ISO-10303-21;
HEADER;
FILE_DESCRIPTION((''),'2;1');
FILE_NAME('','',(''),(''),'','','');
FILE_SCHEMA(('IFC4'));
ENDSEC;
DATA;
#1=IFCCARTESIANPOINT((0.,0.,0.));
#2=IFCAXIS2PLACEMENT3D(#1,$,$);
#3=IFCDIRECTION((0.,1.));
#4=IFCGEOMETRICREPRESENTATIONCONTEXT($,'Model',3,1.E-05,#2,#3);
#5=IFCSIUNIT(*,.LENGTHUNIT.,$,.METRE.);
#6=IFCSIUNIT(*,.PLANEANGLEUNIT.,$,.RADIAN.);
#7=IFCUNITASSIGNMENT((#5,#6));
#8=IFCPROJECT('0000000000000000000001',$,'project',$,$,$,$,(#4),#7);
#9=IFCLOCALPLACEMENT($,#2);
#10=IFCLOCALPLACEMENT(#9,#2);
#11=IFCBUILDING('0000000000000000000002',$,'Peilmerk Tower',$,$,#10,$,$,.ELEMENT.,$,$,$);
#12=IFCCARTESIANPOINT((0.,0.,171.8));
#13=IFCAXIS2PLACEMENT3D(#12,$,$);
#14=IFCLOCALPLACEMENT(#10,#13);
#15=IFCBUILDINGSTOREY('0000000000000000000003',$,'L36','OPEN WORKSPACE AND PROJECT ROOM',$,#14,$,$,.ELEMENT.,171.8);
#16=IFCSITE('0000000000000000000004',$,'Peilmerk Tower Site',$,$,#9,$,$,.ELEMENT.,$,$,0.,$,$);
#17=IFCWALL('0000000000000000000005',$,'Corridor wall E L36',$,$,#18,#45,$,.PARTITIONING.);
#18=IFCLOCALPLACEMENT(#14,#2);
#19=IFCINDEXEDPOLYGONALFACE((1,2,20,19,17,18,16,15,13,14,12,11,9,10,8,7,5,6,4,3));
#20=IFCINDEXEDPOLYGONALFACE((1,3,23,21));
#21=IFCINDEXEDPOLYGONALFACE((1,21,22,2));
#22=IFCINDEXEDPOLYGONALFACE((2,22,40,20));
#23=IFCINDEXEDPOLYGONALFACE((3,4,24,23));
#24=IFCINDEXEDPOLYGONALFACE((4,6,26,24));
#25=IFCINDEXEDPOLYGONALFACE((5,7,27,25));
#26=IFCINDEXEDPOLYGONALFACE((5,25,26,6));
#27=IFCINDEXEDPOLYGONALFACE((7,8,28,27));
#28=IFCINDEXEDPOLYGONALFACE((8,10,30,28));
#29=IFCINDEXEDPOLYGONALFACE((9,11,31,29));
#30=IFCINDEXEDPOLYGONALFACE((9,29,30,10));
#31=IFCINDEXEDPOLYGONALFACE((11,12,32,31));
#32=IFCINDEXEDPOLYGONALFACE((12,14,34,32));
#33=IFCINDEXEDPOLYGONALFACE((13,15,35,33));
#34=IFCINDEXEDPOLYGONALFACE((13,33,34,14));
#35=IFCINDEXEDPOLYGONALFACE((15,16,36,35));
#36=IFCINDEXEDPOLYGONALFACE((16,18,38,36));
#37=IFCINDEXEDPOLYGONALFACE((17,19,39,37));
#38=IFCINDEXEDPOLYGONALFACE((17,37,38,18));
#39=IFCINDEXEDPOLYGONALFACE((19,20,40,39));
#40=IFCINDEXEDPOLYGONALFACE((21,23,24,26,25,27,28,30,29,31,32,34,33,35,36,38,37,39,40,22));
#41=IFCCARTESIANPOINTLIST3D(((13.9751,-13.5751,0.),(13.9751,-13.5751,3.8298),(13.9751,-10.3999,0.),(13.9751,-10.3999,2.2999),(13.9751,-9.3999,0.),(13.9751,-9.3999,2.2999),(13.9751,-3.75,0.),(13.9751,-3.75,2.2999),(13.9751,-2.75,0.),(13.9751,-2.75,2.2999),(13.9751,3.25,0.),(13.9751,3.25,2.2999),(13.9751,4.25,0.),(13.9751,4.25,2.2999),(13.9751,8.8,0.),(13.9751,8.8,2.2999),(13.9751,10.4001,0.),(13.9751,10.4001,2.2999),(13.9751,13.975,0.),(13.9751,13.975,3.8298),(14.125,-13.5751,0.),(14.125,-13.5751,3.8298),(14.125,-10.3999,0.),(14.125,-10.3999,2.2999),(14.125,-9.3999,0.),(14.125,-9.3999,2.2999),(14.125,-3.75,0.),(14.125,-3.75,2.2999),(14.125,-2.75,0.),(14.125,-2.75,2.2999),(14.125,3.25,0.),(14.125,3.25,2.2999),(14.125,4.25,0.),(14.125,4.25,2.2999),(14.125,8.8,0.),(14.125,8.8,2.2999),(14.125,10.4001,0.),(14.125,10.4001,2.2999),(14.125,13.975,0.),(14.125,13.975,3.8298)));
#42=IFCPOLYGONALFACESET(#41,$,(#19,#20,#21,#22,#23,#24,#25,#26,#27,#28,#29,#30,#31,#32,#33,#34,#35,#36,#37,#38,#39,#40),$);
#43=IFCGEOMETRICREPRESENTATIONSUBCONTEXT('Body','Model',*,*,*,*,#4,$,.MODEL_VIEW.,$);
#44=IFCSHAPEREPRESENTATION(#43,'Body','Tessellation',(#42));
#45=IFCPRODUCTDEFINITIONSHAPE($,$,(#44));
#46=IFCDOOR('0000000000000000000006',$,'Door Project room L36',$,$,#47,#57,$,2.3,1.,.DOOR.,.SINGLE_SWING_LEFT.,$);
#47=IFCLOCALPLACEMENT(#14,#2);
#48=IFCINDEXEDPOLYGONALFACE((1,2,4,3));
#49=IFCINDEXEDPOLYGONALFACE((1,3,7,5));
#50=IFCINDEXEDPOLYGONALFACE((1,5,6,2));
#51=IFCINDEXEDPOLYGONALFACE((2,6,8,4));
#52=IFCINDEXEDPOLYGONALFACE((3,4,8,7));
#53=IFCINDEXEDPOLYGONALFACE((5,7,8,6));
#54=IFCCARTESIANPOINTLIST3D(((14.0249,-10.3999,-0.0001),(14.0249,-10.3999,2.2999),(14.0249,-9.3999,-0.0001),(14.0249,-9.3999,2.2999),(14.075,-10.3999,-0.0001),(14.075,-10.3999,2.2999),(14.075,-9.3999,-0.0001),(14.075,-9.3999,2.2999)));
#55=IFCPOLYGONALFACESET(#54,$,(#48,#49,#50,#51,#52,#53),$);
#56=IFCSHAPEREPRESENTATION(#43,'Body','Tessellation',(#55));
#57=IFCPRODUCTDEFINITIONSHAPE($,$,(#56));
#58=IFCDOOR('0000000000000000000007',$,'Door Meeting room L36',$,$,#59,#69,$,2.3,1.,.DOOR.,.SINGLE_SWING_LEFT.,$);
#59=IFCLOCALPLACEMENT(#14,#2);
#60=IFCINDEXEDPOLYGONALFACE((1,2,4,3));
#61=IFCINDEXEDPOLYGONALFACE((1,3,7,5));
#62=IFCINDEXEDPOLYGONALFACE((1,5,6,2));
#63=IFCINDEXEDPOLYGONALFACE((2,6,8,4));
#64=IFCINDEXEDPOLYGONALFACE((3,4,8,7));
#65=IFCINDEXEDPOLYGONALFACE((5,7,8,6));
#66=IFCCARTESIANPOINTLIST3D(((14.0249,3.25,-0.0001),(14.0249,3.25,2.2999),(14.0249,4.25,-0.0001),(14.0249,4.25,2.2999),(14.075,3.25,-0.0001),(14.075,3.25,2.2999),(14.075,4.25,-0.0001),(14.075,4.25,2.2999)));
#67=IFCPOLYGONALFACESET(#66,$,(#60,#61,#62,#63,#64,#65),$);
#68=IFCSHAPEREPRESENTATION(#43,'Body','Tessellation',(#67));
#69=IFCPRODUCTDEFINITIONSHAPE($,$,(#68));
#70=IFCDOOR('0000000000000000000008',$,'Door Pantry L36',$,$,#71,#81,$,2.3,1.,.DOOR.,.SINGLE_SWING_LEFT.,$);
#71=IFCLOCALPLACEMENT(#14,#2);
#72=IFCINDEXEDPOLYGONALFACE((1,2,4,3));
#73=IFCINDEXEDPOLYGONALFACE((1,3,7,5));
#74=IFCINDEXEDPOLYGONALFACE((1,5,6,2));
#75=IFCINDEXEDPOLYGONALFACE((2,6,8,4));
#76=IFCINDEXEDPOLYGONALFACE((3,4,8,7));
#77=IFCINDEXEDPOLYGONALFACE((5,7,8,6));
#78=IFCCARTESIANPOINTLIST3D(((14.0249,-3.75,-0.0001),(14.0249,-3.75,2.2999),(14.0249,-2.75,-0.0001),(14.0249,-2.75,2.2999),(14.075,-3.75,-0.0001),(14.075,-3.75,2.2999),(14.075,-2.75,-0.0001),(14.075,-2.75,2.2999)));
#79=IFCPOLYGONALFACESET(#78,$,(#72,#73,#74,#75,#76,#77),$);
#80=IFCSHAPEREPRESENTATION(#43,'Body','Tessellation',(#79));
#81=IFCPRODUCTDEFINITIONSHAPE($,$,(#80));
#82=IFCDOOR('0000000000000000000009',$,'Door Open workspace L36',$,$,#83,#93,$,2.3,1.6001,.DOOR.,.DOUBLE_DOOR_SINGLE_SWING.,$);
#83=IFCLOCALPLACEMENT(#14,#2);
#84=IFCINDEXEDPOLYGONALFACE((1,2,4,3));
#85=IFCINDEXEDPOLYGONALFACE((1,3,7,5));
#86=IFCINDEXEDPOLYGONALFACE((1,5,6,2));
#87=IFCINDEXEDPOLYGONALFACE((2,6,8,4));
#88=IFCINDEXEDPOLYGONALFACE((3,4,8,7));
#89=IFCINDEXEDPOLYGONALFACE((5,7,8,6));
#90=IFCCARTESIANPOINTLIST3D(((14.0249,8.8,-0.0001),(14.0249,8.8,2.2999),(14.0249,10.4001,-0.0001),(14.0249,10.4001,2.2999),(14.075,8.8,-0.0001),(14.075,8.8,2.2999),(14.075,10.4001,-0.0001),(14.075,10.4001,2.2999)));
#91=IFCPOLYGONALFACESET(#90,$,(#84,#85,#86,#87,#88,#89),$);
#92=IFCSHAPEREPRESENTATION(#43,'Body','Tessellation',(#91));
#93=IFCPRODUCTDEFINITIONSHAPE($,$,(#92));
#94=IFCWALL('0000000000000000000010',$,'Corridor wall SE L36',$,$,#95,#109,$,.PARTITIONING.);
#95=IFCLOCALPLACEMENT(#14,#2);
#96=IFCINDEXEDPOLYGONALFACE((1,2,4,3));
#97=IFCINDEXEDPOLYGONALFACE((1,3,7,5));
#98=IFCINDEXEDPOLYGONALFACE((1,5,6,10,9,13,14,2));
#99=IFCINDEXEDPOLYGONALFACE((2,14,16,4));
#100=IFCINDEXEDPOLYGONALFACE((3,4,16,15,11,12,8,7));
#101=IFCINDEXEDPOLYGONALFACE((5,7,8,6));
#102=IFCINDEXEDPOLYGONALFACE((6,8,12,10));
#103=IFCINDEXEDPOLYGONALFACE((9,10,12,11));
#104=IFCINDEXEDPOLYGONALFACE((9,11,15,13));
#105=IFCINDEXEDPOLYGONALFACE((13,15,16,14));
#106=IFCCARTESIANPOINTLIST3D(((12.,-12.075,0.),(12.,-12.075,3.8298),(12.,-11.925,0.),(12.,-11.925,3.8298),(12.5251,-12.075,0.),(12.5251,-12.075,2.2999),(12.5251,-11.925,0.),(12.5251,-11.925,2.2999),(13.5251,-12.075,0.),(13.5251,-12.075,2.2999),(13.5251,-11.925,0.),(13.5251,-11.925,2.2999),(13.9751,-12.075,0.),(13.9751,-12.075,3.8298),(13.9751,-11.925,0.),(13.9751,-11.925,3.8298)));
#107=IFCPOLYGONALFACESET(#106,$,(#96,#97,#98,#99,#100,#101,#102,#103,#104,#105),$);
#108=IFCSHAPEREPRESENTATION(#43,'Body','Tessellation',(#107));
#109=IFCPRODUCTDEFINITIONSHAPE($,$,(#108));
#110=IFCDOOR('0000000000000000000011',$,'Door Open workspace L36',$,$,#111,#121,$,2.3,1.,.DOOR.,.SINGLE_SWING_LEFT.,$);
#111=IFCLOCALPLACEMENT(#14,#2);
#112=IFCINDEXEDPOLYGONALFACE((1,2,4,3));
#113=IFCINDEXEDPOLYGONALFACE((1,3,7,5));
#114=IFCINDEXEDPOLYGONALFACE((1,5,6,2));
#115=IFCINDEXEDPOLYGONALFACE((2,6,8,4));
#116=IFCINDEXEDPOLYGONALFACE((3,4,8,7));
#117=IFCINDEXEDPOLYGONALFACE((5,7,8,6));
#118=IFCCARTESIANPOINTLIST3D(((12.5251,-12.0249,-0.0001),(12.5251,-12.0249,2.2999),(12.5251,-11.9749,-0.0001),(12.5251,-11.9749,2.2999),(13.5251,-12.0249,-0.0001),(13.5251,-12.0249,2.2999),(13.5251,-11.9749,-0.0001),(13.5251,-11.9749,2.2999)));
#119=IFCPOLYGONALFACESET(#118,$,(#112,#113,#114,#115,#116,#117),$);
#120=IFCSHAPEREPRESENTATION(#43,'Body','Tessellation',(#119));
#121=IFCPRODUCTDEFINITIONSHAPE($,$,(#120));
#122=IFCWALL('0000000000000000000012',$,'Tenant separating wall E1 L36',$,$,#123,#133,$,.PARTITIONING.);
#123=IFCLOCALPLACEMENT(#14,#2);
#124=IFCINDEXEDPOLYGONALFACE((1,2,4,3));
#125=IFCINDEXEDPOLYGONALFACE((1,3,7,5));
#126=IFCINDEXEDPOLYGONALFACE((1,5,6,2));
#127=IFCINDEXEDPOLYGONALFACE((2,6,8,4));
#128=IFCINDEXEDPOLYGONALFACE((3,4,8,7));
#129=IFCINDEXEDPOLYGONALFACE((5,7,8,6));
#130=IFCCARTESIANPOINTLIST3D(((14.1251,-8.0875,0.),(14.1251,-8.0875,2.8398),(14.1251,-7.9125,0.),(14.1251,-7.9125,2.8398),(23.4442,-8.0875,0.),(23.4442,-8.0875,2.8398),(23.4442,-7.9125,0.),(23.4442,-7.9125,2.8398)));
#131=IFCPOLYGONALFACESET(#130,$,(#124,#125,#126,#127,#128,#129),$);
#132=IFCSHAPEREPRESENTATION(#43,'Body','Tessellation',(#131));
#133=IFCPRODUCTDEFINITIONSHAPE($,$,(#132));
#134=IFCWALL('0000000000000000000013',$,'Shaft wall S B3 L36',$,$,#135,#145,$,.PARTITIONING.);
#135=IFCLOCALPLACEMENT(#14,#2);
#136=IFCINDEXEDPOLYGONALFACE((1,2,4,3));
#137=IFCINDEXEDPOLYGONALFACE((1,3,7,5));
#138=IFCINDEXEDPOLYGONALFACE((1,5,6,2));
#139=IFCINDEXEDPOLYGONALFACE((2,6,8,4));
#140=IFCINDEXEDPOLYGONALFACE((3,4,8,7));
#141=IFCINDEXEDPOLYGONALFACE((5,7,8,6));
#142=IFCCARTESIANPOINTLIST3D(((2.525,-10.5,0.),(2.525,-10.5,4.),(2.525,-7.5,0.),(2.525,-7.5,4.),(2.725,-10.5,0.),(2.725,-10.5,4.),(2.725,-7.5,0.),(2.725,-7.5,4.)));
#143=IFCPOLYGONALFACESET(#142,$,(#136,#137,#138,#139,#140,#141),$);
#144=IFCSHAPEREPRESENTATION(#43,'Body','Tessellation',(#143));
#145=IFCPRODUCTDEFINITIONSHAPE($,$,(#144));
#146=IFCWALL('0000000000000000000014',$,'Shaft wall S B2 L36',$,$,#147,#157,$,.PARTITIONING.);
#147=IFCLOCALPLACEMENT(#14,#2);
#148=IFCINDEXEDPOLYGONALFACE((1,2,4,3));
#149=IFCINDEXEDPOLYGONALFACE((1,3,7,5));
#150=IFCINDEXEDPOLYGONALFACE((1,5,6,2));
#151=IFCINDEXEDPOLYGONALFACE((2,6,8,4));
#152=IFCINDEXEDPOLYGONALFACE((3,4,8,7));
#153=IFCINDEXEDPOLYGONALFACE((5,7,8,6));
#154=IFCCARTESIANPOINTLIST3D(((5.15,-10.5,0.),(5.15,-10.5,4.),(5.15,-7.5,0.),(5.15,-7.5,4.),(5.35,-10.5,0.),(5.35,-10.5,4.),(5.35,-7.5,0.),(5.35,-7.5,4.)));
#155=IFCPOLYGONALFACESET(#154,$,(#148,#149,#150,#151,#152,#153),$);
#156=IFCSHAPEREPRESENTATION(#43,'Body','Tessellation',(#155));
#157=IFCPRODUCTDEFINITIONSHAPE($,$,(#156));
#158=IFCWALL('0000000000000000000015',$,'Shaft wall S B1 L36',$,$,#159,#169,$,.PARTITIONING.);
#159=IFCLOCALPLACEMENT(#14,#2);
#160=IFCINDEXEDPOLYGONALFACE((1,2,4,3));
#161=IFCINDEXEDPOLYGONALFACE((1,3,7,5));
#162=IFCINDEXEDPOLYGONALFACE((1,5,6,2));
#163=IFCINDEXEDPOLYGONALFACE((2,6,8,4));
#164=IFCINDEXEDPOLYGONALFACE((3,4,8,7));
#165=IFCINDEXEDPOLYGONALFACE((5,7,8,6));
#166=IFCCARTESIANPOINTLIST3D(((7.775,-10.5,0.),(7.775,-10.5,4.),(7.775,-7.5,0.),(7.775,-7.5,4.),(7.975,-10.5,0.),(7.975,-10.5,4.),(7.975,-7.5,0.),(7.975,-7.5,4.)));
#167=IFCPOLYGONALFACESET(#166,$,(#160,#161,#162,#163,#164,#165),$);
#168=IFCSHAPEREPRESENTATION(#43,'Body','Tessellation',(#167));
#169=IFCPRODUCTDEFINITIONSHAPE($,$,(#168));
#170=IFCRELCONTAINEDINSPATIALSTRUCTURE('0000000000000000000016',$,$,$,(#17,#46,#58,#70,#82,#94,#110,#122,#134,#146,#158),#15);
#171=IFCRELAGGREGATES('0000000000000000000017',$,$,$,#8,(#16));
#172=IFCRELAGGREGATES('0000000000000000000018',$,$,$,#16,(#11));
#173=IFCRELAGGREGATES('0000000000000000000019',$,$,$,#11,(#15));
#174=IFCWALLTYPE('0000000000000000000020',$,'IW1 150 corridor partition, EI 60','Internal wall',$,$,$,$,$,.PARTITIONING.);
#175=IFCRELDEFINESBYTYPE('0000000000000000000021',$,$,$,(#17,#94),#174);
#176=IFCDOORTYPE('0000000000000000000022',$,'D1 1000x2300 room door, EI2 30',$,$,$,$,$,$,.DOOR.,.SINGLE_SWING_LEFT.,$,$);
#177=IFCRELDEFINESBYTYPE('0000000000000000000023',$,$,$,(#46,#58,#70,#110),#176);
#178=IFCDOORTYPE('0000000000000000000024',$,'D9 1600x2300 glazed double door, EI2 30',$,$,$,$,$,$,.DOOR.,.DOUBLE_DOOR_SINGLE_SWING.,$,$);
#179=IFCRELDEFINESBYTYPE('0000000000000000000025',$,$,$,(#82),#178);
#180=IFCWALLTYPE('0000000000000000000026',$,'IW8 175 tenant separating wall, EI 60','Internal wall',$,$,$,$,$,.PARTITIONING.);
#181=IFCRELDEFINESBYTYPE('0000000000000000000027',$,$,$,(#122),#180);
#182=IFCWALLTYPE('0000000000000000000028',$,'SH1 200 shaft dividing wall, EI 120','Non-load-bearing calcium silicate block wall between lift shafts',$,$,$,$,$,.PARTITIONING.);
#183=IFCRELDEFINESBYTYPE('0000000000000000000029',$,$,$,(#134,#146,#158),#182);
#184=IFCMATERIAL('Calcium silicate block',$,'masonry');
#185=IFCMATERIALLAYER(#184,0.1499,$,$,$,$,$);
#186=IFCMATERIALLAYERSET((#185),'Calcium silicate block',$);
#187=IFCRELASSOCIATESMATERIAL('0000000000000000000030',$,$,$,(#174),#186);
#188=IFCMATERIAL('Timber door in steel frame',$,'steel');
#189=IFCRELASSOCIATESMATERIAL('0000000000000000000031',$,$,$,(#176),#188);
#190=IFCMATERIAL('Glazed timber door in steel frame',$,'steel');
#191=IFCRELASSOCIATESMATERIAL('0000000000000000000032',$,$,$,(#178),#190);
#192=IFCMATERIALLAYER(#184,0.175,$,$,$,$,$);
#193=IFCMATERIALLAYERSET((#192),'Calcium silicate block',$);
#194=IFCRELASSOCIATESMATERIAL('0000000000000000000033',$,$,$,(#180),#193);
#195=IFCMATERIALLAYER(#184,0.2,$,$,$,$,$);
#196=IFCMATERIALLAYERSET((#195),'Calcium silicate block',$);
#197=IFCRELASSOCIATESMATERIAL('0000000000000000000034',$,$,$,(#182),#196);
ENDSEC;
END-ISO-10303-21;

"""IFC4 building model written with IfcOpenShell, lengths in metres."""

from ifc_helpers import new_model, si_unit, direction, frame, frame_2d, origin, place, context, subcontext, project, spatial, rectangle, extrude, material, layer, layer_set, type_object, element, fill, save


model = new_model("IFC4")

# Units and contexts
model_context = context("Model", 3, precision=1e-05, world=origin(), true_north=direction((0.0, 1.0)))
body_context = subcontext(model_context, "Body", "Model", "MODEL_VIEW")
ifc_project = project(units=[si_unit("LENGTHUNIT", "METRE"), si_unit("PLANEANGLEUNIT", "RADIAN")], contexts=[model_context])

# Site, building, storey
site_placement = place(None, origin())
site = spatial("IfcSite", under=ifc_project, at=site_placement, Name="Peilmerk Tower Site", CompositionType="ELEMENT", RefElevation=0.0)
building_placement = place(site_placement, origin())
building = spatial("IfcBuilding", under=site, at=building_placement, Name="Peilmerk Tower", CompositionType="ELEMENT")
storey_placement = place(building_placement, frame((0.0, 0.0, 171.8)))
storey = spatial("IfcBuildingStorey", under=building, at=storey_placement, Name="L36", Description="OPEN WORKSPACE AND PROJECT ROOM", CompositionType="ELEMENT", Elevation=171.8)

# Wall, openings, doors
ifc_material_1 = material(Name="Calcium silicate block", Category="masonry")
ifc_layer_1 = layer(ifc_material_1, 0.1499)
ifc_layer_set_1 = layer_set([ifc_layer_1], Name="Calcium silicate block")
wall_type_1 = type_object("IfcWallType", Name="IW1 150 corridor partition, EI 60", Description="Internal wall", PredefinedType="PARTITIONING", material=ifc_layer_set_1)
wall_1_placement = place(storey_placement, frame((14.05, -13.575, 0.0), z_axis=(0.0, 0.0, 1.0), x_axis=(0.0, 1.0, 0.0)))
wall_1 = element("IfcWall", 1, at=wall_1_placement, inside=storey, type_object=wall_type_1, Name="Corridor wall E L36", PredefinedType="PARTITIONING", context=body_context, shape_type="SweptSolid", body=[
    extrude(rectangle(XDim=27.55, YDim=0.1499, at=frame_2d((13.7749, 0.0))), origin(), (0.0, 0.0, 1.0), 3.8298),
])
opening_1_placement = place(wall_1_placement, frame((3.175, 0.0, 0.0)))
opening_1 = element("IfcOpeningElement", 2, at=opening_1_placement, cuts=wall_1, PredefinedType="OPENING", context=body_context, shape_type="SweptSolid", body=[
    extrude(rectangle(XDim=1.0, YDim=2.3, at=frame_2d((0.5, 1.1499))), frame((0.0, 0.085, 0.0), z_axis=(0.0, -1.0, 0.0), x_axis=(1.0, 0.0, 0.0)), (0.0, 0.0, 1.0), 0.1699),
])
opening_2_placement = place(wall_1_placement, frame((22.375, 0.0, 0.0)))
opening_2 = element("IfcOpeningElement", 3, at=opening_2_placement, cuts=wall_1, PredefinedType="OPENING", context=body_context, shape_type="SweptSolid", body=[
    extrude(rectangle(XDim=1.6001, YDim=2.3, at=frame_2d((0.8, 1.1499))), frame((0.0, 0.085, 0.0), z_axis=(0.0, -1.0, 0.0), x_axis=(1.0, 0.0, 0.0)), (0.0, 0.0, 1.0), 0.1699),
])
opening_3_placement = place(wall_1_placement, frame((16.825, 0.0, 0.0)))
opening_3 = element("IfcOpeningElement", 4, at=opening_3_placement, cuts=wall_1, PredefinedType="OPENING", context=body_context, shape_type="SweptSolid", body=[
    extrude(rectangle(XDim=1.0, YDim=2.3, at=frame_2d((0.5, 1.1499))), frame((0.0, 0.085, 0.0), z_axis=(0.0, -1.0, 0.0), x_axis=(1.0, 0.0, 0.0)), (0.0, 0.0, 1.0), 0.1699),
])
opening_4_placement = place(wall_1_placement, frame((9.825, 0.0, 0.0)))
opening_4 = element("IfcOpeningElement", 5, at=opening_4_placement, cuts=wall_1, PredefinedType="OPENING", context=body_context, shape_type="SweptSolid", body=[
    extrude(rectangle(XDim=1.0, YDim=2.3, at=frame_2d((0.5, 1.1499))), frame((0.0, 0.085, 0.0), z_axis=(0.0, -1.0, 0.0), x_axis=(1.0, 0.0, 0.0)), (0.0, 0.0, 1.0), 0.1699),
])
ifc_material_2 = material(Name="Timber door in steel frame", Category="steel")
door_type_1 = type_object("IfcDoorType", Name="D1 1000x2300 room door, EI2 30", OperationType="SINGLE_SWING_LEFT", PredefinedType="DOOR", material=ifc_material_2)
door_1_placement = place(opening_1_placement, frame((1.0, 0.0, 0.0), z_axis=(0.0, 0.0, 1.0), x_axis=(-1.0, 0.0, 0.0)))
door_1 = element("IfcDoor", 6, at=door_1_placement, inside=storey, type_object=door_type_1, Name="Door Project room L36", OperationType="SINGLE_SWING_LEFT", OverallHeight=2.3, OverallWidth=1.0, PredefinedType="DOOR", context=body_context, shape_type="SweptSolid", body=[
    extrude(rectangle(XDim=1.0, YDim=2.3, at=frame_2d((0.5, 1.1499))), frame((0.0, 0.0249, 0.0), z_axis=(0.0, -1.0, 0.0), x_axis=(1.0, 0.0, 0.0)), (0.0, 0.0, 1.0), 0.05),
])
fill(opening_1, door_1)
door_2_placement = place(opening_3_placement, frame((1.0, 0.0, 0.0), z_axis=(0.0, 0.0, 1.0), x_axis=(-1.0, 0.0, 0.0)))
door_2 = element("IfcDoor", 7, at=door_2_placement, inside=storey, type_object=door_type_1, Name="Door Meeting room L36", OperationType="SINGLE_SWING_LEFT", OverallHeight=2.3, OverallWidth=1.0, PredefinedType="DOOR", context=body_context, shape_type="SweptSolid", body=[
    extrude(rectangle(XDim=1.0, YDim=2.3, at=frame_2d((0.5, 1.1499))), frame((0.0, 0.0249, 0.0), z_axis=(0.0, -1.0, 0.0), x_axis=(1.0, 0.0, 0.0)), (0.0, 0.0, 1.0), 0.05),
])
fill(opening_3, door_2)
door_3_placement = place(opening_4_placement, frame((1.0, 0.0, 0.0), z_axis=(0.0, 0.0, 1.0), x_axis=(-1.0, 0.0, 0.0)))
door_3 = element("IfcDoor", 8, at=door_3_placement, inside=storey, type_object=door_type_1, Name="Door Pantry L36", OperationType="SINGLE_SWING_LEFT", OverallHeight=2.3, OverallWidth=1.0, PredefinedType="DOOR", context=body_context, shape_type="SweptSolid", body=[
    extrude(rectangle(XDim=1.0, YDim=2.3, at=frame_2d((0.5, 1.1499))), frame((0.0, 0.0249, 0.0), z_axis=(0.0, -1.0, 0.0), x_axis=(1.0, 0.0, 0.0)), (0.0, 0.0, 1.0), 0.05),
])
fill(opening_4, door_3)
ifc_material_3 = material(Name="Glazed timber door in steel frame", Category="steel")
door_type_2 = type_object("IfcDoorType", Name="D9 1600x2300 glazed double door, EI2 30", OperationType="DOUBLE_DOOR_SINGLE_SWING", PredefinedType="DOOR", material=ifc_material_3)
door_4_placement = place(opening_2_placement, frame((1.6001, 0.0, 0.0), z_axis=(0.0, 0.0, 1.0), x_axis=(-1.0, 0.0, 0.0)))
door_4 = element("IfcDoor", 9, at=door_4_placement, inside=storey, type_object=door_type_2, Name="Door Open workspace L36", OperationType="DOUBLE_DOOR_SINGLE_SWING", OverallHeight=2.3, OverallWidth=1.6001, PredefinedType="DOOR", context=body_context, shape_type="SweptSolid", body=[
    extrude(rectangle(XDim=1.6001, YDim=2.3, at=frame_2d((0.8, 1.1499))), frame((0.0, 0.0249, 0.0), z_axis=(0.0, -1.0, 0.0), x_axis=(1.0, 0.0, 0.0)), (0.0, 0.0, 1.0), 0.05),
])
fill(opening_2, door_4)

# Wall, opening, door
wall_2_placement = place(storey_placement, frame((13.9751, -12.0, 0.0), z_axis=(0.0, 0.0, 1.0), x_axis=(-1.0, 0.0, 0.0)))
wall_2 = element("IfcWall", 10, at=wall_2_placement, inside=storey, type_object=wall_type_1, Name="Corridor wall SE L36", PredefinedType="PARTITIONING", context=body_context, shape_type="SweptSolid", body=[
    extrude(rectangle(XDim=1.9751, YDim=0.1499, at=frame_2d((0.9875, 0.0))), origin(), (0.0, 0.0, 1.0), 3.8298),
])
opening_5_placement = place(wall_2_placement, frame((0.45, 0.0, 0.0)))
opening_5 = element("IfcOpeningElement", 11, at=opening_5_placement, cuts=wall_2, PredefinedType="OPENING", context=body_context, shape_type="SweptSolid", body=[
    extrude(rectangle(XDim=1.0, YDim=2.3, at=frame_2d((0.5, 1.1499))), frame((0.0, 0.085, 0.0), z_axis=(0.0, -1.0, 0.0), x_axis=(1.0, 0.0, 0.0)), (0.0, 0.0, 1.0), 0.1699),
])
door_5_placement = place(opening_5_placement, origin())
door_5 = element("IfcDoor", 12, at=door_5_placement, inside=storey, type_object=door_type_1, Name="Door Open workspace L36", OperationType="SINGLE_SWING_LEFT", OverallHeight=2.3, OverallWidth=1.0, PredefinedType="DOOR", context=body_context, shape_type="SweptSolid", body=[
    extrude(rectangle(XDim=1.0, YDim=2.3, at=frame_2d((0.5, 1.1499))), frame((0.0, 0.0249, 0.0), z_axis=(0.0, -1.0, 0.0), x_axis=(1.0, 0.0, 0.0)), (0.0, 0.0, 1.0), 0.05),
])
fill(opening_5, door_5)

# Walls
ifc_layer_2 = layer(ifc_material_1, 0.175)
ifc_layer_set_2 = layer_set([ifc_layer_2], Name="Calcium silicate block")
wall_type_2 = type_object("IfcWallType", Name="IW8 175 tenant separating wall, EI 60", Description="Internal wall", PredefinedType="PARTITIONING", material=ifc_layer_set_2)
wall_3_placement = place(storey_placement, frame((14.125, -8.0, 0.0), z_axis=(0.0, 0.0, 1.0), x_axis=(1.0, 0.0, 0.0)))
element("IfcWall", 13, at=wall_3_placement, inside=storey, type_object=wall_type_2, Name="Tenant separating wall E1 L36", PredefinedType="PARTITIONING", context=body_context, shape_type="SweptSolid", body=[
    extrude(rectangle(XDim=9.3191, YDim=0.175, at=frame_2d((4.6597, 0.0))), origin(), (0.0, 0.0, 1.0), 2.8398),
])
ifc_layer_3 = layer(ifc_material_1, 0.2)
ifc_layer_set_3 = layer_set([ifc_layer_3], Name="Calcium silicate block")
wall_type_3 = type_object("IfcWallType", Name="SH1 200 shaft dividing wall, EI 120", Description="Non-load-bearing calcium silicate block wall between lift shafts", PredefinedType="PARTITIONING", material=ifc_layer_set_3)
for number, where, z_axis, x_axis, name in (
    (14, (2.625, -10.5, 0.0), (0.0, 0.0, 1.0), (0.0, 1.0, 0.0), "Shaft wall S B3 L36"),
    (15, (5.25, -10.5, 0.0), (0.0, 0.0, 1.0), (0.0, 1.0, 0.0), "Shaft wall S B2 L36"),
    (16, (7.875, -10.5, 0.0), (0.0, 0.0, 1.0), (0.0, 1.0, 0.0), "Shaft wall S B1 L36"),
):
    element("IfcWall", number, at=place(storey_placement, frame(where, z_axis=z_axis, x_axis=x_axis)), inside=storey, type_object=wall_type_3, Name=name, PredefinedType="PARTITIONING", context=body_context, shape_type="SweptSolid", body=[
        extrude(rectangle(XDim=3.0, YDim=0.2, at=frame_2d((1.5, 0.0))), origin(), (0.0, 0.0, 1.0), 4.0),
    ])

save(model, "model.ifc")
